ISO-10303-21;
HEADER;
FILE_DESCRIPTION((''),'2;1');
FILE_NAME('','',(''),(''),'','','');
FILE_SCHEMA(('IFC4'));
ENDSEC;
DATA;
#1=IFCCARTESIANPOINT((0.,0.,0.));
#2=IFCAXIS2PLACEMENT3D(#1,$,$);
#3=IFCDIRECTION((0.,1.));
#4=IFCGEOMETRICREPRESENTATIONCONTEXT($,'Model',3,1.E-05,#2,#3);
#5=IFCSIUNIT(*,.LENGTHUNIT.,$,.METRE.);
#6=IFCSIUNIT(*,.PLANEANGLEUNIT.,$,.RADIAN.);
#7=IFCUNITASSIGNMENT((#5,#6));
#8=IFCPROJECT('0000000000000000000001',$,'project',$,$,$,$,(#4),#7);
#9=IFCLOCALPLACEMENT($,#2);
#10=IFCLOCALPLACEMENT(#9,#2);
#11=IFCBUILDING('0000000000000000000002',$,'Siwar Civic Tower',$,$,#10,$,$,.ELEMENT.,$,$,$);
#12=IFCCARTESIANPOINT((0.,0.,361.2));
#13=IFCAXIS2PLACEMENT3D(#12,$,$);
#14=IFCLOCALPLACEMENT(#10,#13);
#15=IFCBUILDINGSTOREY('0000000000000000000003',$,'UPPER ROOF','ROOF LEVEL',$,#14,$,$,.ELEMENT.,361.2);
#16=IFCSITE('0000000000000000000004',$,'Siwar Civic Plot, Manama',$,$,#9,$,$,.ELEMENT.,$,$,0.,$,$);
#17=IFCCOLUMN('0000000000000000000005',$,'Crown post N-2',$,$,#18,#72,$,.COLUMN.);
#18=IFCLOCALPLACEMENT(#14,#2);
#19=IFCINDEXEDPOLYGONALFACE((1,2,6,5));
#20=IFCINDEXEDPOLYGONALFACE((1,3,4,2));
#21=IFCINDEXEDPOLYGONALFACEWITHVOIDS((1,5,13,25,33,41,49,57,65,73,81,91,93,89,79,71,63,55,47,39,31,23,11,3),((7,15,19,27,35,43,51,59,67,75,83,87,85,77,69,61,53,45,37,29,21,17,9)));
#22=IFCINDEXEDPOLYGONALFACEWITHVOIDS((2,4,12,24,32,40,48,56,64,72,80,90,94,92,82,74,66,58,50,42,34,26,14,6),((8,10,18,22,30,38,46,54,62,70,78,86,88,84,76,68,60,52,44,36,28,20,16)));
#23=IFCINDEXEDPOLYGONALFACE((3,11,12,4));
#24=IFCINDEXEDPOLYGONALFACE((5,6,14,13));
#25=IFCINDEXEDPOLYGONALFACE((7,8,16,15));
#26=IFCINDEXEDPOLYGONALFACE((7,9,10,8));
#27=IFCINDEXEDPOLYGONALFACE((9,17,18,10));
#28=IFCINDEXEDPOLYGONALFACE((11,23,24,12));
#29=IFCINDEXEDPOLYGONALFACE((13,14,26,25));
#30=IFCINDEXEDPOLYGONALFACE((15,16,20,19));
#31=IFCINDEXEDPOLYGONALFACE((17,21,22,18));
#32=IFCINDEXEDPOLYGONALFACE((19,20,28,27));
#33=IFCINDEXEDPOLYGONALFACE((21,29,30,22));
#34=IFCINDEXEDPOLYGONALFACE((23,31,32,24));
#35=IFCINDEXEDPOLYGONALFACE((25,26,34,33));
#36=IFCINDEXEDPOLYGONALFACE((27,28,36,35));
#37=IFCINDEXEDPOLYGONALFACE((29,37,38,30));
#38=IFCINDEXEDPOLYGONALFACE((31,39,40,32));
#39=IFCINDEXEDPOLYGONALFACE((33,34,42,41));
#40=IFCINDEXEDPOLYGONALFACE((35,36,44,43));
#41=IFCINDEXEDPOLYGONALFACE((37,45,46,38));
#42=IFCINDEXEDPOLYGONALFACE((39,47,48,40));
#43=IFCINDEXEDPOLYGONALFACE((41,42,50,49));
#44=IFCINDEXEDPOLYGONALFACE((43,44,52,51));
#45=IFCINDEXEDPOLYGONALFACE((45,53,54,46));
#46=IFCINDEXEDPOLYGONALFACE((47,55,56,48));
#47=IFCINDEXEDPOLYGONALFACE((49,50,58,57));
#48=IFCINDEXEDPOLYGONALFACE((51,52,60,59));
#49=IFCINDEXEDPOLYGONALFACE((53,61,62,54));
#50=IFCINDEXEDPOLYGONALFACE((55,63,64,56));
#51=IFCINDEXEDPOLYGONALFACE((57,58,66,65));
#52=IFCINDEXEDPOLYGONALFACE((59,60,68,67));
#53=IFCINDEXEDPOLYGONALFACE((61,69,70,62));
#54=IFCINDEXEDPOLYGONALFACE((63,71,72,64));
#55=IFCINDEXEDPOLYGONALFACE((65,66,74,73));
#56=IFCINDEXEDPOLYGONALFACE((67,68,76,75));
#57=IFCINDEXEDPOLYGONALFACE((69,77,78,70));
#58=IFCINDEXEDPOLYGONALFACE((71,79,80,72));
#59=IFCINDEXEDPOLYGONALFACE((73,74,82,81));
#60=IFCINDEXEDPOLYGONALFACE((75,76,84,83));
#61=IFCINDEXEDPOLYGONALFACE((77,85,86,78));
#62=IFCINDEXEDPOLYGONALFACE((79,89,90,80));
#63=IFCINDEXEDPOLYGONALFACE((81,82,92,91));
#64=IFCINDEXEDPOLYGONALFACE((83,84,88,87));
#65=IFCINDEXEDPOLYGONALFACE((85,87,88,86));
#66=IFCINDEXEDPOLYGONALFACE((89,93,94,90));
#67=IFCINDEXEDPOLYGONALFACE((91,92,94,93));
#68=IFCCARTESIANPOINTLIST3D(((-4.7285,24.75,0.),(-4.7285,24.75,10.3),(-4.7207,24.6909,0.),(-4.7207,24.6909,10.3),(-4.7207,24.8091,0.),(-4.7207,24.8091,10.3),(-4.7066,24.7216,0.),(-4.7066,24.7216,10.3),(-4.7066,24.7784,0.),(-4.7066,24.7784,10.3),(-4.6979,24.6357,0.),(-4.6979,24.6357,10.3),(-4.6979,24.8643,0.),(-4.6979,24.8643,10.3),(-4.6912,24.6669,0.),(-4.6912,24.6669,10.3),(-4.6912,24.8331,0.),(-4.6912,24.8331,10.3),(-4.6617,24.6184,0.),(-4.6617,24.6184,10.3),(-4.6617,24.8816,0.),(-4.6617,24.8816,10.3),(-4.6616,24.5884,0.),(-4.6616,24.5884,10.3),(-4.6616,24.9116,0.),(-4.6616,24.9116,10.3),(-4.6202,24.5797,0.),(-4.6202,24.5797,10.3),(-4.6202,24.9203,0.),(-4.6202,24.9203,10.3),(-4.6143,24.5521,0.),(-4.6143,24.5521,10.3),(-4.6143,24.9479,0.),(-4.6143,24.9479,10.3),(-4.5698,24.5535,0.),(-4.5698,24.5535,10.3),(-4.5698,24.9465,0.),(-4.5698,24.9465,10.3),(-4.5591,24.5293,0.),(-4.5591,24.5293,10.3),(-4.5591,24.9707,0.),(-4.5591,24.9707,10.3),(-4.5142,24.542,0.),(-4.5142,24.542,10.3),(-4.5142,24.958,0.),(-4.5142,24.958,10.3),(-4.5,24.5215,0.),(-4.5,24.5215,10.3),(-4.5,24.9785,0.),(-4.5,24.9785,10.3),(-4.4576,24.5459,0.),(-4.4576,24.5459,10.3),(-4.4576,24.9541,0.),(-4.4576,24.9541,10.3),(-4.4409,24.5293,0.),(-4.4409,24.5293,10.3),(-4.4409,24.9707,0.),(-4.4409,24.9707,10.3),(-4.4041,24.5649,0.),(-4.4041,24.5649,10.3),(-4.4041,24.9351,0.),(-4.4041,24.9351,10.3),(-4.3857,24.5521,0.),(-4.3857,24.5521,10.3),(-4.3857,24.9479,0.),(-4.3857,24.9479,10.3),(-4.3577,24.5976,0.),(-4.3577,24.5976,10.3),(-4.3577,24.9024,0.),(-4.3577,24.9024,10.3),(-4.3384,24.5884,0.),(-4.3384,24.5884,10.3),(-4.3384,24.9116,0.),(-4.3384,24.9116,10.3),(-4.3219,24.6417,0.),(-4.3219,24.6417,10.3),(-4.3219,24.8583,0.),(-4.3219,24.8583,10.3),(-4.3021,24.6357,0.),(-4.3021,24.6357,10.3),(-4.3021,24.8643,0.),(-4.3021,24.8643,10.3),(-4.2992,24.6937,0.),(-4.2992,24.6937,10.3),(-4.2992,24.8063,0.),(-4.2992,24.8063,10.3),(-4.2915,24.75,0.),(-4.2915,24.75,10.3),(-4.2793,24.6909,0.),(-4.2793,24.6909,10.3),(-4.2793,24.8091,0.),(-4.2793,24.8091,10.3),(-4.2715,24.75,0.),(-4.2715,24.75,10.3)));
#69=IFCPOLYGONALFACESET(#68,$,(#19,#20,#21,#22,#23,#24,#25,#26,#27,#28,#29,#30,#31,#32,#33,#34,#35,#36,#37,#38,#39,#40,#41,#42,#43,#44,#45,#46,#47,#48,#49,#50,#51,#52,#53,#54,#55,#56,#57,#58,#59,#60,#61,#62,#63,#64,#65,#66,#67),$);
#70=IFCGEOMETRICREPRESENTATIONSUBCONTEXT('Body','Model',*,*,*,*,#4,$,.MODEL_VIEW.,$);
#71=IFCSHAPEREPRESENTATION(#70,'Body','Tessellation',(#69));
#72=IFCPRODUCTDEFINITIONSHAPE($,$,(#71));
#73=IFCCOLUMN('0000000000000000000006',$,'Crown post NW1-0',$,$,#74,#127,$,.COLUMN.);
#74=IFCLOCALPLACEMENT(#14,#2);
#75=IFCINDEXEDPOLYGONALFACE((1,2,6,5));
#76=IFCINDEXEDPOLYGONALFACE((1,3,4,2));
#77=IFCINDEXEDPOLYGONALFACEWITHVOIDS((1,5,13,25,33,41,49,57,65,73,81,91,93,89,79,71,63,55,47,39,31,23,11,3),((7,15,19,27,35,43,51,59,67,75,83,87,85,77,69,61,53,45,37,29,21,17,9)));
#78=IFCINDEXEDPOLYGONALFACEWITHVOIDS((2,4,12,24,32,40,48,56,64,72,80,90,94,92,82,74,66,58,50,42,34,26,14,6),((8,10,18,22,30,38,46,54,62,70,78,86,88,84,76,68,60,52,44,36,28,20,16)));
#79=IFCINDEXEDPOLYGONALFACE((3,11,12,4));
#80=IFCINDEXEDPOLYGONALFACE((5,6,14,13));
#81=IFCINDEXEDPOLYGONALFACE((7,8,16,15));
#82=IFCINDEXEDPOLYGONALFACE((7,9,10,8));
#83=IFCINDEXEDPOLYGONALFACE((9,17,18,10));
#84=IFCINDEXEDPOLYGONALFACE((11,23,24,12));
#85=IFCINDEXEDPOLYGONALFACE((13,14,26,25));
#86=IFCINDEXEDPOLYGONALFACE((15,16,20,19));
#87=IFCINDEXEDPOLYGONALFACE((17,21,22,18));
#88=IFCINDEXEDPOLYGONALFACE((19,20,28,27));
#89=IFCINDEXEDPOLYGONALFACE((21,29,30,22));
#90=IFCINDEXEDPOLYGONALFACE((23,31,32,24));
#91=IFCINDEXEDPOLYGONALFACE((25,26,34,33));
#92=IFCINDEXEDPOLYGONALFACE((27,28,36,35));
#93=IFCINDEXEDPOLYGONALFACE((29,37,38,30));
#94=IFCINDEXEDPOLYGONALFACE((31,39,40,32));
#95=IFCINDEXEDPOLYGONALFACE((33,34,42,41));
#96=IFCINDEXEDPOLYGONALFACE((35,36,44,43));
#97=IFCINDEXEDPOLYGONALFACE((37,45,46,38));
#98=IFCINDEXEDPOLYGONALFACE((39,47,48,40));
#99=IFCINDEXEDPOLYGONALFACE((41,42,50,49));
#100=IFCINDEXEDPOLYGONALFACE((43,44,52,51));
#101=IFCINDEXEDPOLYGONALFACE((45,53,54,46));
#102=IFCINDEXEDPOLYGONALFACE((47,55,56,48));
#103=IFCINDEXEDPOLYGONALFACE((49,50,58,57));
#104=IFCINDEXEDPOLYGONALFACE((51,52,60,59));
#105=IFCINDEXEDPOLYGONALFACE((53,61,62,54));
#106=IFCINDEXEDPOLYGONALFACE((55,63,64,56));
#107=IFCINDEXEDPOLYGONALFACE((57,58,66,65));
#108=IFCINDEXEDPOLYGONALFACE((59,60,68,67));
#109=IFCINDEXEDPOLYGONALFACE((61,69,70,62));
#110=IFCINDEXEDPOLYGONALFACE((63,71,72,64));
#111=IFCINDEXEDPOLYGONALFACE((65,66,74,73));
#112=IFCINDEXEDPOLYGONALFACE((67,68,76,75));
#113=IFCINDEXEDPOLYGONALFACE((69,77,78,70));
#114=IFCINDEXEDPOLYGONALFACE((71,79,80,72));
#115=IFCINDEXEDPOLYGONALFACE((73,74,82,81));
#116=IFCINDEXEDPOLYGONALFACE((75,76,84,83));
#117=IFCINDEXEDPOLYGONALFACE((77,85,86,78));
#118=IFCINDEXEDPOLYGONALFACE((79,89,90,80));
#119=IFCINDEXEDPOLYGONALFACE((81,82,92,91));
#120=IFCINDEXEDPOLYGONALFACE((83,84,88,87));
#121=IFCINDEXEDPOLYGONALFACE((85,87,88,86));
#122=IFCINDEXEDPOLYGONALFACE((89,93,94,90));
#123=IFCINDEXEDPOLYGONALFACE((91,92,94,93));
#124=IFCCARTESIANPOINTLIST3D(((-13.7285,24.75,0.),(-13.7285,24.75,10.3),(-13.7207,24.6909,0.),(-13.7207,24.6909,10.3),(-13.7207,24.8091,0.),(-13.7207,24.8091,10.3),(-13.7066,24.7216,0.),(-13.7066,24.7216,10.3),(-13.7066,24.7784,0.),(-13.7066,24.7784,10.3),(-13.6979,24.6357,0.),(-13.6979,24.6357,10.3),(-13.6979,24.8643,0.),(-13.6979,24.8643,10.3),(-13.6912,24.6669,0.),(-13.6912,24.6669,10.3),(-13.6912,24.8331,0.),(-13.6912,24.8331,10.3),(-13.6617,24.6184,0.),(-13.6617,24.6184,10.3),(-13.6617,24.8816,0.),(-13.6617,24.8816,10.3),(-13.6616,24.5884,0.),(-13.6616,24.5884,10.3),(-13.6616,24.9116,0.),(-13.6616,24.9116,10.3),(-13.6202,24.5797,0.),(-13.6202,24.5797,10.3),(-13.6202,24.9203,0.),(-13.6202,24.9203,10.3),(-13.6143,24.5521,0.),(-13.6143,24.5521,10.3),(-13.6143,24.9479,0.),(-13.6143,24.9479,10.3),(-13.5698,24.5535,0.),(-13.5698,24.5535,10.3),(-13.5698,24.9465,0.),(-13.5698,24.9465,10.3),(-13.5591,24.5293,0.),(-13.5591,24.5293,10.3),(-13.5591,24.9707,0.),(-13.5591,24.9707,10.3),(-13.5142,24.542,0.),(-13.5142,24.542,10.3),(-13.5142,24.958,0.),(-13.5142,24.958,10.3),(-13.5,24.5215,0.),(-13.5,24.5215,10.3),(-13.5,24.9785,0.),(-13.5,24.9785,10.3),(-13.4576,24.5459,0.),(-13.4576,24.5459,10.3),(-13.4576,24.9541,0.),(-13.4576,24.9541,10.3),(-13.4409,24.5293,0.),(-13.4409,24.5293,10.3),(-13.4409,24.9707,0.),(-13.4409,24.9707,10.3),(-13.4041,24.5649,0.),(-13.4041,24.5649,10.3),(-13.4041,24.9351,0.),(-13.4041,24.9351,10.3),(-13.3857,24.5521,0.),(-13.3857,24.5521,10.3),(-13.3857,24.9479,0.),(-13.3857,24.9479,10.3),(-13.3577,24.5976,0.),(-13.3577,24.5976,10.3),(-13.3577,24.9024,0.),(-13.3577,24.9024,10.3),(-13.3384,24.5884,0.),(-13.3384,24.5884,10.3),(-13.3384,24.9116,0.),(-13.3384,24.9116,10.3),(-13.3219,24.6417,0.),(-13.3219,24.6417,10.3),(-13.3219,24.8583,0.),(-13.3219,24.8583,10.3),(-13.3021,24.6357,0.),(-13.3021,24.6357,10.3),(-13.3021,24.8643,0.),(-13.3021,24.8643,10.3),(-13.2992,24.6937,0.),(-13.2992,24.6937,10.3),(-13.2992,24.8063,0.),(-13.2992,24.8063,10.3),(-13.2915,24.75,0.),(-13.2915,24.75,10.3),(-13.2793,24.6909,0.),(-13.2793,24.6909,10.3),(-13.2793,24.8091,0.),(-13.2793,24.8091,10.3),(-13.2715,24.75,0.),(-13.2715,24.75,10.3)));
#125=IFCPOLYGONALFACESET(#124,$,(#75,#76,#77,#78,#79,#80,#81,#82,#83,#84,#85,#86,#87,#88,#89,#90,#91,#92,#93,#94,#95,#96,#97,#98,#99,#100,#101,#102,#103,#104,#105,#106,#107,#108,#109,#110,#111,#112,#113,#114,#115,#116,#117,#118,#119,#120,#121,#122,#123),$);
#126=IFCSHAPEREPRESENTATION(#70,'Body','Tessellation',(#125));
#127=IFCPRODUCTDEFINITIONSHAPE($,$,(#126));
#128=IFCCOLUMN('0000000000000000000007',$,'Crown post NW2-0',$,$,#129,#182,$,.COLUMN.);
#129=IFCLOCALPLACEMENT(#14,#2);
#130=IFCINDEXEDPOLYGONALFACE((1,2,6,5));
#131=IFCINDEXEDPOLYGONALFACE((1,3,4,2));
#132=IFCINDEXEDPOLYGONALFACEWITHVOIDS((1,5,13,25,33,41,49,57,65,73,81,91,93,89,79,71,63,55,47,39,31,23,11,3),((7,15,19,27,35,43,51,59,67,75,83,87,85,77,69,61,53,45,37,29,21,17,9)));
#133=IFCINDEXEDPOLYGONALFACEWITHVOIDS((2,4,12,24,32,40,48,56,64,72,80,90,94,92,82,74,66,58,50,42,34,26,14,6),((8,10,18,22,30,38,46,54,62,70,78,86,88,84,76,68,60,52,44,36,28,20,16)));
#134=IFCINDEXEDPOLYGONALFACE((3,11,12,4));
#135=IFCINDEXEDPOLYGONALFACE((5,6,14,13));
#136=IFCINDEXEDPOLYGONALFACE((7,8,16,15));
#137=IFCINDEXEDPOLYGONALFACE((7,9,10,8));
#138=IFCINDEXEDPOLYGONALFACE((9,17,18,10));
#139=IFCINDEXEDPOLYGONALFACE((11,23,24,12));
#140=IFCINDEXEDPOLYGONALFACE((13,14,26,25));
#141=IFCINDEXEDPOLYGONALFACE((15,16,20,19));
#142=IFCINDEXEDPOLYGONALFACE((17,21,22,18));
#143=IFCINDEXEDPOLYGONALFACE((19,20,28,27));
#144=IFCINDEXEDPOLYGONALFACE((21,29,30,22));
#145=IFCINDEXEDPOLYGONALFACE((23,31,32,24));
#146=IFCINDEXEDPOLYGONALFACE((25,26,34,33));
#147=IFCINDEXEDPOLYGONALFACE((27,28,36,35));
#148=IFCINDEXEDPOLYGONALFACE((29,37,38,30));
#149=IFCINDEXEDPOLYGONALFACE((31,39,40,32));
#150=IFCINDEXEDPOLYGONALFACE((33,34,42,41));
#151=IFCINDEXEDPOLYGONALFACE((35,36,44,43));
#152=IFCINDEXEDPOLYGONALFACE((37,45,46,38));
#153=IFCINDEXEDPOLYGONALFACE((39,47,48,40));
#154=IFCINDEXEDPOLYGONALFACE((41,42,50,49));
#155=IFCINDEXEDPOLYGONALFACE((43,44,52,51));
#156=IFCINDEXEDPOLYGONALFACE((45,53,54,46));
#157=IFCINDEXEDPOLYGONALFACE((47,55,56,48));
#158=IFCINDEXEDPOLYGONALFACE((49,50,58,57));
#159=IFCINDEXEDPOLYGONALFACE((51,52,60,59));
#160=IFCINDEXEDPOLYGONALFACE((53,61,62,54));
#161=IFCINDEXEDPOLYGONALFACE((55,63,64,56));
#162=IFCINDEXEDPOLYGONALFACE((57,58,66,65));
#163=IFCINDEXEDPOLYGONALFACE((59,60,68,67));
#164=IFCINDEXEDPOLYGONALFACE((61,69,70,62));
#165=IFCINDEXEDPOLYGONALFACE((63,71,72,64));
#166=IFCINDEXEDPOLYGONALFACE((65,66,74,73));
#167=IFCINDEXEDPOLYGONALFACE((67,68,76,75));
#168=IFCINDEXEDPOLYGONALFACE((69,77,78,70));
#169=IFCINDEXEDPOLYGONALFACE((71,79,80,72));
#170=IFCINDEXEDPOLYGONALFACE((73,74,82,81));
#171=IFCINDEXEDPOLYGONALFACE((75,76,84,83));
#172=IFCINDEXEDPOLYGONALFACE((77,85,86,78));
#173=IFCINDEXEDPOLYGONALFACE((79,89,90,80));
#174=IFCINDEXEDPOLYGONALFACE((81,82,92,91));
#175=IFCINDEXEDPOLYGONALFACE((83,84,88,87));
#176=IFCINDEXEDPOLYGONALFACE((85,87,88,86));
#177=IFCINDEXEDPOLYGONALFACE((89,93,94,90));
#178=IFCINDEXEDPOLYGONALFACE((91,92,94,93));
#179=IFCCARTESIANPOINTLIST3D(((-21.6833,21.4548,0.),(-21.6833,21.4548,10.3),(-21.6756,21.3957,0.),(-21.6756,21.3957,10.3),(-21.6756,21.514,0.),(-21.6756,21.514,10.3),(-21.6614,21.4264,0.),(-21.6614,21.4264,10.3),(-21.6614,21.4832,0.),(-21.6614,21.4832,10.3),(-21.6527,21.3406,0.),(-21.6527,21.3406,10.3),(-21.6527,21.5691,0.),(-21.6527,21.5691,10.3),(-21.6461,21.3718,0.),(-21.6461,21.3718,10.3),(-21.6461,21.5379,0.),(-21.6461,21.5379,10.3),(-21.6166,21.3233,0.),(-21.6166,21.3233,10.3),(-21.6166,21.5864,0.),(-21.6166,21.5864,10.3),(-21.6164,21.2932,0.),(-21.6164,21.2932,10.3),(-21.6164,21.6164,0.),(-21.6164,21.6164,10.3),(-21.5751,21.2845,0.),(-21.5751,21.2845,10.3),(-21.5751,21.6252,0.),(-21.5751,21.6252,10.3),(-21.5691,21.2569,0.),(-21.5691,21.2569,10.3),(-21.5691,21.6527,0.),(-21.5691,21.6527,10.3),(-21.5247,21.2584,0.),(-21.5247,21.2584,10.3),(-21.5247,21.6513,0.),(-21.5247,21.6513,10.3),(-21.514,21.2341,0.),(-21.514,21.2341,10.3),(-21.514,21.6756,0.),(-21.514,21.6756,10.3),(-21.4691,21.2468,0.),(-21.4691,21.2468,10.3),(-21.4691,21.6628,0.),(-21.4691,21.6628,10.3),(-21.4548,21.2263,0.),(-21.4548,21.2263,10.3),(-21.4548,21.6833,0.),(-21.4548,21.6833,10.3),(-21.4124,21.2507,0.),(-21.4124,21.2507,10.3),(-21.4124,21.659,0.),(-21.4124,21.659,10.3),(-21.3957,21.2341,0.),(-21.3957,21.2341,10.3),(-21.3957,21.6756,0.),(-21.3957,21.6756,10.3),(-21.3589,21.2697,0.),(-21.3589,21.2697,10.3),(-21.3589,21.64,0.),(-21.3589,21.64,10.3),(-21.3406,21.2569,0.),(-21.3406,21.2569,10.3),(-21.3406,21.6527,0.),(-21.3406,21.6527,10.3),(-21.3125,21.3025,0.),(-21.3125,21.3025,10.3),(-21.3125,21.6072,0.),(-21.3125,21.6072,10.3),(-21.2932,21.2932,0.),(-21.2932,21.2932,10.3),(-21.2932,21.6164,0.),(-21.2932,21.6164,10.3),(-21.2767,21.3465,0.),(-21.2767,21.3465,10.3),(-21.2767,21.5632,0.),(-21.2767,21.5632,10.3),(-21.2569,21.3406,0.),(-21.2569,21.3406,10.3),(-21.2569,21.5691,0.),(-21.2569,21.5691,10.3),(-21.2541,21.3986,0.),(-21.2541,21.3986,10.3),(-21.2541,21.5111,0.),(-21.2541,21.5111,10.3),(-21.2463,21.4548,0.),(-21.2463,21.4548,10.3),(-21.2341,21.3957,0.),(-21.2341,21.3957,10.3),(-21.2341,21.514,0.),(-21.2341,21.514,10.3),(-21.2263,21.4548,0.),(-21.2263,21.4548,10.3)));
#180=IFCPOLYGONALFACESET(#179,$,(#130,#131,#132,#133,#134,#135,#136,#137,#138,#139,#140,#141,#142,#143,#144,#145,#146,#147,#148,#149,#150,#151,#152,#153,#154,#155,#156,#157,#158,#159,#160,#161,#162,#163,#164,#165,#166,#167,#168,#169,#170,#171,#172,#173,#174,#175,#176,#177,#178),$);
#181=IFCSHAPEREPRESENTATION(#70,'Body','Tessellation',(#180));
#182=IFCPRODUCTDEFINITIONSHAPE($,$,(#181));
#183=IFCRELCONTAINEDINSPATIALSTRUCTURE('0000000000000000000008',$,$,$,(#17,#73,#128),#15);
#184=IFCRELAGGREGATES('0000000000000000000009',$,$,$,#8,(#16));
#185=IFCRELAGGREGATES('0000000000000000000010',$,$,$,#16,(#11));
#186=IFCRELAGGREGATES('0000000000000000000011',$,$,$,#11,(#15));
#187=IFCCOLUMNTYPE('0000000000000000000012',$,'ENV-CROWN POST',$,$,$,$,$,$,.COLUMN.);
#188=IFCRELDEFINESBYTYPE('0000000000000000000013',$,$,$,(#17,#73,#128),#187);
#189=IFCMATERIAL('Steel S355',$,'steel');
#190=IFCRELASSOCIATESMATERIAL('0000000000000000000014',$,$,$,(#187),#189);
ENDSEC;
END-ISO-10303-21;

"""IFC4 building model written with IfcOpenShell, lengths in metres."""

from ifc_helpers import new_model, si_unit, direction, frame, origin, origin_2d, place, context, subcontext, project, spatial, hollow_circle, extrude, material, material_profile, profile_set, type_object, element, save


model = new_model("IFC4")

# Units and contexts
model_context = context("Model", 3, precision=1e-05, world=origin(), true_north=direction((0.0, 1.0)))
body_context = subcontext(model_context, "Body", "Model", "MODEL_VIEW")
ifc_project = project(units=[si_unit("LENGTHUNIT", "METRE"), si_unit("PLANEANGLEUNIT", "RADIAN")], contexts=[model_context])

# Site, building, storey
site_placement = place(None, origin())
site = spatial("IfcSite", under=ifc_project, at=site_placement, Name="Siwar Civic Plot, Manama", CompositionType="ELEMENT", RefElevation=0.0)
building_placement = place(site_placement, origin())
building = spatial("IfcBuilding", under=site, at=building_placement, Name="Siwar Civic Tower", CompositionType="ELEMENT")
storey_placement = place(building_placement, frame((0.0, 0.0, 361.2)))
storey = spatial("IfcBuildingStorey", under=building, at=storey_placement, Name="UPPER ROOF", Description="ROOF LEVEL", CompositionType="ELEMENT", Elevation=361.2)

# Columns
ifc_material_1 = material(Name="Steel S355", Category="steel")
ifc_material_profile_1 = material_profile(ifc_material_1, hollow_circle(Radius=0.2285, WallThickness=0.02, at=origin_2d()), Name="CHS457x20")
ifc_profile_set_1 = profile_set([ifc_material_profile_1], Name="Steel S355")
column_type = type_object("IfcColumnType", Name="ENV-CROWN POST", PredefinedType="COLUMN", material=ifc_profile_set_1)
for number, where, z_axis, x_axis, name in (
    (1, (-4.5, 24.75, 0.0), (0.0, 0.0, 1.0), (1.0, 0.0, 0.0), "Crown post N-2"),
    (2, (-13.5, 24.75, 0.0), (0.0, 0.0, 1.0), (1.0, 0.0, 0.0), "Crown post NW1-0"),
    (3, (-21.4548, 21.4548, 0.0), (0.0, 0.0, 1.0), (1.0, 0.0, 0.0), "Crown post NW2-0"),
):
    element("IfcColumn", number, at=place(storey_placement, frame(where, z_axis=z_axis, x_axis=x_axis)), inside=storey, type_object=column_type, Name=name, PredefinedType="COLUMN", context=body_context, shape_type="SweptSolid", body=[
        extrude(hollow_circle(Radius=0.2285, WallThickness=0.02, at=origin_2d()), origin(), (0.0, 0.0, 1.0), 10.3),
    ])

save(model, "model.ifc")
